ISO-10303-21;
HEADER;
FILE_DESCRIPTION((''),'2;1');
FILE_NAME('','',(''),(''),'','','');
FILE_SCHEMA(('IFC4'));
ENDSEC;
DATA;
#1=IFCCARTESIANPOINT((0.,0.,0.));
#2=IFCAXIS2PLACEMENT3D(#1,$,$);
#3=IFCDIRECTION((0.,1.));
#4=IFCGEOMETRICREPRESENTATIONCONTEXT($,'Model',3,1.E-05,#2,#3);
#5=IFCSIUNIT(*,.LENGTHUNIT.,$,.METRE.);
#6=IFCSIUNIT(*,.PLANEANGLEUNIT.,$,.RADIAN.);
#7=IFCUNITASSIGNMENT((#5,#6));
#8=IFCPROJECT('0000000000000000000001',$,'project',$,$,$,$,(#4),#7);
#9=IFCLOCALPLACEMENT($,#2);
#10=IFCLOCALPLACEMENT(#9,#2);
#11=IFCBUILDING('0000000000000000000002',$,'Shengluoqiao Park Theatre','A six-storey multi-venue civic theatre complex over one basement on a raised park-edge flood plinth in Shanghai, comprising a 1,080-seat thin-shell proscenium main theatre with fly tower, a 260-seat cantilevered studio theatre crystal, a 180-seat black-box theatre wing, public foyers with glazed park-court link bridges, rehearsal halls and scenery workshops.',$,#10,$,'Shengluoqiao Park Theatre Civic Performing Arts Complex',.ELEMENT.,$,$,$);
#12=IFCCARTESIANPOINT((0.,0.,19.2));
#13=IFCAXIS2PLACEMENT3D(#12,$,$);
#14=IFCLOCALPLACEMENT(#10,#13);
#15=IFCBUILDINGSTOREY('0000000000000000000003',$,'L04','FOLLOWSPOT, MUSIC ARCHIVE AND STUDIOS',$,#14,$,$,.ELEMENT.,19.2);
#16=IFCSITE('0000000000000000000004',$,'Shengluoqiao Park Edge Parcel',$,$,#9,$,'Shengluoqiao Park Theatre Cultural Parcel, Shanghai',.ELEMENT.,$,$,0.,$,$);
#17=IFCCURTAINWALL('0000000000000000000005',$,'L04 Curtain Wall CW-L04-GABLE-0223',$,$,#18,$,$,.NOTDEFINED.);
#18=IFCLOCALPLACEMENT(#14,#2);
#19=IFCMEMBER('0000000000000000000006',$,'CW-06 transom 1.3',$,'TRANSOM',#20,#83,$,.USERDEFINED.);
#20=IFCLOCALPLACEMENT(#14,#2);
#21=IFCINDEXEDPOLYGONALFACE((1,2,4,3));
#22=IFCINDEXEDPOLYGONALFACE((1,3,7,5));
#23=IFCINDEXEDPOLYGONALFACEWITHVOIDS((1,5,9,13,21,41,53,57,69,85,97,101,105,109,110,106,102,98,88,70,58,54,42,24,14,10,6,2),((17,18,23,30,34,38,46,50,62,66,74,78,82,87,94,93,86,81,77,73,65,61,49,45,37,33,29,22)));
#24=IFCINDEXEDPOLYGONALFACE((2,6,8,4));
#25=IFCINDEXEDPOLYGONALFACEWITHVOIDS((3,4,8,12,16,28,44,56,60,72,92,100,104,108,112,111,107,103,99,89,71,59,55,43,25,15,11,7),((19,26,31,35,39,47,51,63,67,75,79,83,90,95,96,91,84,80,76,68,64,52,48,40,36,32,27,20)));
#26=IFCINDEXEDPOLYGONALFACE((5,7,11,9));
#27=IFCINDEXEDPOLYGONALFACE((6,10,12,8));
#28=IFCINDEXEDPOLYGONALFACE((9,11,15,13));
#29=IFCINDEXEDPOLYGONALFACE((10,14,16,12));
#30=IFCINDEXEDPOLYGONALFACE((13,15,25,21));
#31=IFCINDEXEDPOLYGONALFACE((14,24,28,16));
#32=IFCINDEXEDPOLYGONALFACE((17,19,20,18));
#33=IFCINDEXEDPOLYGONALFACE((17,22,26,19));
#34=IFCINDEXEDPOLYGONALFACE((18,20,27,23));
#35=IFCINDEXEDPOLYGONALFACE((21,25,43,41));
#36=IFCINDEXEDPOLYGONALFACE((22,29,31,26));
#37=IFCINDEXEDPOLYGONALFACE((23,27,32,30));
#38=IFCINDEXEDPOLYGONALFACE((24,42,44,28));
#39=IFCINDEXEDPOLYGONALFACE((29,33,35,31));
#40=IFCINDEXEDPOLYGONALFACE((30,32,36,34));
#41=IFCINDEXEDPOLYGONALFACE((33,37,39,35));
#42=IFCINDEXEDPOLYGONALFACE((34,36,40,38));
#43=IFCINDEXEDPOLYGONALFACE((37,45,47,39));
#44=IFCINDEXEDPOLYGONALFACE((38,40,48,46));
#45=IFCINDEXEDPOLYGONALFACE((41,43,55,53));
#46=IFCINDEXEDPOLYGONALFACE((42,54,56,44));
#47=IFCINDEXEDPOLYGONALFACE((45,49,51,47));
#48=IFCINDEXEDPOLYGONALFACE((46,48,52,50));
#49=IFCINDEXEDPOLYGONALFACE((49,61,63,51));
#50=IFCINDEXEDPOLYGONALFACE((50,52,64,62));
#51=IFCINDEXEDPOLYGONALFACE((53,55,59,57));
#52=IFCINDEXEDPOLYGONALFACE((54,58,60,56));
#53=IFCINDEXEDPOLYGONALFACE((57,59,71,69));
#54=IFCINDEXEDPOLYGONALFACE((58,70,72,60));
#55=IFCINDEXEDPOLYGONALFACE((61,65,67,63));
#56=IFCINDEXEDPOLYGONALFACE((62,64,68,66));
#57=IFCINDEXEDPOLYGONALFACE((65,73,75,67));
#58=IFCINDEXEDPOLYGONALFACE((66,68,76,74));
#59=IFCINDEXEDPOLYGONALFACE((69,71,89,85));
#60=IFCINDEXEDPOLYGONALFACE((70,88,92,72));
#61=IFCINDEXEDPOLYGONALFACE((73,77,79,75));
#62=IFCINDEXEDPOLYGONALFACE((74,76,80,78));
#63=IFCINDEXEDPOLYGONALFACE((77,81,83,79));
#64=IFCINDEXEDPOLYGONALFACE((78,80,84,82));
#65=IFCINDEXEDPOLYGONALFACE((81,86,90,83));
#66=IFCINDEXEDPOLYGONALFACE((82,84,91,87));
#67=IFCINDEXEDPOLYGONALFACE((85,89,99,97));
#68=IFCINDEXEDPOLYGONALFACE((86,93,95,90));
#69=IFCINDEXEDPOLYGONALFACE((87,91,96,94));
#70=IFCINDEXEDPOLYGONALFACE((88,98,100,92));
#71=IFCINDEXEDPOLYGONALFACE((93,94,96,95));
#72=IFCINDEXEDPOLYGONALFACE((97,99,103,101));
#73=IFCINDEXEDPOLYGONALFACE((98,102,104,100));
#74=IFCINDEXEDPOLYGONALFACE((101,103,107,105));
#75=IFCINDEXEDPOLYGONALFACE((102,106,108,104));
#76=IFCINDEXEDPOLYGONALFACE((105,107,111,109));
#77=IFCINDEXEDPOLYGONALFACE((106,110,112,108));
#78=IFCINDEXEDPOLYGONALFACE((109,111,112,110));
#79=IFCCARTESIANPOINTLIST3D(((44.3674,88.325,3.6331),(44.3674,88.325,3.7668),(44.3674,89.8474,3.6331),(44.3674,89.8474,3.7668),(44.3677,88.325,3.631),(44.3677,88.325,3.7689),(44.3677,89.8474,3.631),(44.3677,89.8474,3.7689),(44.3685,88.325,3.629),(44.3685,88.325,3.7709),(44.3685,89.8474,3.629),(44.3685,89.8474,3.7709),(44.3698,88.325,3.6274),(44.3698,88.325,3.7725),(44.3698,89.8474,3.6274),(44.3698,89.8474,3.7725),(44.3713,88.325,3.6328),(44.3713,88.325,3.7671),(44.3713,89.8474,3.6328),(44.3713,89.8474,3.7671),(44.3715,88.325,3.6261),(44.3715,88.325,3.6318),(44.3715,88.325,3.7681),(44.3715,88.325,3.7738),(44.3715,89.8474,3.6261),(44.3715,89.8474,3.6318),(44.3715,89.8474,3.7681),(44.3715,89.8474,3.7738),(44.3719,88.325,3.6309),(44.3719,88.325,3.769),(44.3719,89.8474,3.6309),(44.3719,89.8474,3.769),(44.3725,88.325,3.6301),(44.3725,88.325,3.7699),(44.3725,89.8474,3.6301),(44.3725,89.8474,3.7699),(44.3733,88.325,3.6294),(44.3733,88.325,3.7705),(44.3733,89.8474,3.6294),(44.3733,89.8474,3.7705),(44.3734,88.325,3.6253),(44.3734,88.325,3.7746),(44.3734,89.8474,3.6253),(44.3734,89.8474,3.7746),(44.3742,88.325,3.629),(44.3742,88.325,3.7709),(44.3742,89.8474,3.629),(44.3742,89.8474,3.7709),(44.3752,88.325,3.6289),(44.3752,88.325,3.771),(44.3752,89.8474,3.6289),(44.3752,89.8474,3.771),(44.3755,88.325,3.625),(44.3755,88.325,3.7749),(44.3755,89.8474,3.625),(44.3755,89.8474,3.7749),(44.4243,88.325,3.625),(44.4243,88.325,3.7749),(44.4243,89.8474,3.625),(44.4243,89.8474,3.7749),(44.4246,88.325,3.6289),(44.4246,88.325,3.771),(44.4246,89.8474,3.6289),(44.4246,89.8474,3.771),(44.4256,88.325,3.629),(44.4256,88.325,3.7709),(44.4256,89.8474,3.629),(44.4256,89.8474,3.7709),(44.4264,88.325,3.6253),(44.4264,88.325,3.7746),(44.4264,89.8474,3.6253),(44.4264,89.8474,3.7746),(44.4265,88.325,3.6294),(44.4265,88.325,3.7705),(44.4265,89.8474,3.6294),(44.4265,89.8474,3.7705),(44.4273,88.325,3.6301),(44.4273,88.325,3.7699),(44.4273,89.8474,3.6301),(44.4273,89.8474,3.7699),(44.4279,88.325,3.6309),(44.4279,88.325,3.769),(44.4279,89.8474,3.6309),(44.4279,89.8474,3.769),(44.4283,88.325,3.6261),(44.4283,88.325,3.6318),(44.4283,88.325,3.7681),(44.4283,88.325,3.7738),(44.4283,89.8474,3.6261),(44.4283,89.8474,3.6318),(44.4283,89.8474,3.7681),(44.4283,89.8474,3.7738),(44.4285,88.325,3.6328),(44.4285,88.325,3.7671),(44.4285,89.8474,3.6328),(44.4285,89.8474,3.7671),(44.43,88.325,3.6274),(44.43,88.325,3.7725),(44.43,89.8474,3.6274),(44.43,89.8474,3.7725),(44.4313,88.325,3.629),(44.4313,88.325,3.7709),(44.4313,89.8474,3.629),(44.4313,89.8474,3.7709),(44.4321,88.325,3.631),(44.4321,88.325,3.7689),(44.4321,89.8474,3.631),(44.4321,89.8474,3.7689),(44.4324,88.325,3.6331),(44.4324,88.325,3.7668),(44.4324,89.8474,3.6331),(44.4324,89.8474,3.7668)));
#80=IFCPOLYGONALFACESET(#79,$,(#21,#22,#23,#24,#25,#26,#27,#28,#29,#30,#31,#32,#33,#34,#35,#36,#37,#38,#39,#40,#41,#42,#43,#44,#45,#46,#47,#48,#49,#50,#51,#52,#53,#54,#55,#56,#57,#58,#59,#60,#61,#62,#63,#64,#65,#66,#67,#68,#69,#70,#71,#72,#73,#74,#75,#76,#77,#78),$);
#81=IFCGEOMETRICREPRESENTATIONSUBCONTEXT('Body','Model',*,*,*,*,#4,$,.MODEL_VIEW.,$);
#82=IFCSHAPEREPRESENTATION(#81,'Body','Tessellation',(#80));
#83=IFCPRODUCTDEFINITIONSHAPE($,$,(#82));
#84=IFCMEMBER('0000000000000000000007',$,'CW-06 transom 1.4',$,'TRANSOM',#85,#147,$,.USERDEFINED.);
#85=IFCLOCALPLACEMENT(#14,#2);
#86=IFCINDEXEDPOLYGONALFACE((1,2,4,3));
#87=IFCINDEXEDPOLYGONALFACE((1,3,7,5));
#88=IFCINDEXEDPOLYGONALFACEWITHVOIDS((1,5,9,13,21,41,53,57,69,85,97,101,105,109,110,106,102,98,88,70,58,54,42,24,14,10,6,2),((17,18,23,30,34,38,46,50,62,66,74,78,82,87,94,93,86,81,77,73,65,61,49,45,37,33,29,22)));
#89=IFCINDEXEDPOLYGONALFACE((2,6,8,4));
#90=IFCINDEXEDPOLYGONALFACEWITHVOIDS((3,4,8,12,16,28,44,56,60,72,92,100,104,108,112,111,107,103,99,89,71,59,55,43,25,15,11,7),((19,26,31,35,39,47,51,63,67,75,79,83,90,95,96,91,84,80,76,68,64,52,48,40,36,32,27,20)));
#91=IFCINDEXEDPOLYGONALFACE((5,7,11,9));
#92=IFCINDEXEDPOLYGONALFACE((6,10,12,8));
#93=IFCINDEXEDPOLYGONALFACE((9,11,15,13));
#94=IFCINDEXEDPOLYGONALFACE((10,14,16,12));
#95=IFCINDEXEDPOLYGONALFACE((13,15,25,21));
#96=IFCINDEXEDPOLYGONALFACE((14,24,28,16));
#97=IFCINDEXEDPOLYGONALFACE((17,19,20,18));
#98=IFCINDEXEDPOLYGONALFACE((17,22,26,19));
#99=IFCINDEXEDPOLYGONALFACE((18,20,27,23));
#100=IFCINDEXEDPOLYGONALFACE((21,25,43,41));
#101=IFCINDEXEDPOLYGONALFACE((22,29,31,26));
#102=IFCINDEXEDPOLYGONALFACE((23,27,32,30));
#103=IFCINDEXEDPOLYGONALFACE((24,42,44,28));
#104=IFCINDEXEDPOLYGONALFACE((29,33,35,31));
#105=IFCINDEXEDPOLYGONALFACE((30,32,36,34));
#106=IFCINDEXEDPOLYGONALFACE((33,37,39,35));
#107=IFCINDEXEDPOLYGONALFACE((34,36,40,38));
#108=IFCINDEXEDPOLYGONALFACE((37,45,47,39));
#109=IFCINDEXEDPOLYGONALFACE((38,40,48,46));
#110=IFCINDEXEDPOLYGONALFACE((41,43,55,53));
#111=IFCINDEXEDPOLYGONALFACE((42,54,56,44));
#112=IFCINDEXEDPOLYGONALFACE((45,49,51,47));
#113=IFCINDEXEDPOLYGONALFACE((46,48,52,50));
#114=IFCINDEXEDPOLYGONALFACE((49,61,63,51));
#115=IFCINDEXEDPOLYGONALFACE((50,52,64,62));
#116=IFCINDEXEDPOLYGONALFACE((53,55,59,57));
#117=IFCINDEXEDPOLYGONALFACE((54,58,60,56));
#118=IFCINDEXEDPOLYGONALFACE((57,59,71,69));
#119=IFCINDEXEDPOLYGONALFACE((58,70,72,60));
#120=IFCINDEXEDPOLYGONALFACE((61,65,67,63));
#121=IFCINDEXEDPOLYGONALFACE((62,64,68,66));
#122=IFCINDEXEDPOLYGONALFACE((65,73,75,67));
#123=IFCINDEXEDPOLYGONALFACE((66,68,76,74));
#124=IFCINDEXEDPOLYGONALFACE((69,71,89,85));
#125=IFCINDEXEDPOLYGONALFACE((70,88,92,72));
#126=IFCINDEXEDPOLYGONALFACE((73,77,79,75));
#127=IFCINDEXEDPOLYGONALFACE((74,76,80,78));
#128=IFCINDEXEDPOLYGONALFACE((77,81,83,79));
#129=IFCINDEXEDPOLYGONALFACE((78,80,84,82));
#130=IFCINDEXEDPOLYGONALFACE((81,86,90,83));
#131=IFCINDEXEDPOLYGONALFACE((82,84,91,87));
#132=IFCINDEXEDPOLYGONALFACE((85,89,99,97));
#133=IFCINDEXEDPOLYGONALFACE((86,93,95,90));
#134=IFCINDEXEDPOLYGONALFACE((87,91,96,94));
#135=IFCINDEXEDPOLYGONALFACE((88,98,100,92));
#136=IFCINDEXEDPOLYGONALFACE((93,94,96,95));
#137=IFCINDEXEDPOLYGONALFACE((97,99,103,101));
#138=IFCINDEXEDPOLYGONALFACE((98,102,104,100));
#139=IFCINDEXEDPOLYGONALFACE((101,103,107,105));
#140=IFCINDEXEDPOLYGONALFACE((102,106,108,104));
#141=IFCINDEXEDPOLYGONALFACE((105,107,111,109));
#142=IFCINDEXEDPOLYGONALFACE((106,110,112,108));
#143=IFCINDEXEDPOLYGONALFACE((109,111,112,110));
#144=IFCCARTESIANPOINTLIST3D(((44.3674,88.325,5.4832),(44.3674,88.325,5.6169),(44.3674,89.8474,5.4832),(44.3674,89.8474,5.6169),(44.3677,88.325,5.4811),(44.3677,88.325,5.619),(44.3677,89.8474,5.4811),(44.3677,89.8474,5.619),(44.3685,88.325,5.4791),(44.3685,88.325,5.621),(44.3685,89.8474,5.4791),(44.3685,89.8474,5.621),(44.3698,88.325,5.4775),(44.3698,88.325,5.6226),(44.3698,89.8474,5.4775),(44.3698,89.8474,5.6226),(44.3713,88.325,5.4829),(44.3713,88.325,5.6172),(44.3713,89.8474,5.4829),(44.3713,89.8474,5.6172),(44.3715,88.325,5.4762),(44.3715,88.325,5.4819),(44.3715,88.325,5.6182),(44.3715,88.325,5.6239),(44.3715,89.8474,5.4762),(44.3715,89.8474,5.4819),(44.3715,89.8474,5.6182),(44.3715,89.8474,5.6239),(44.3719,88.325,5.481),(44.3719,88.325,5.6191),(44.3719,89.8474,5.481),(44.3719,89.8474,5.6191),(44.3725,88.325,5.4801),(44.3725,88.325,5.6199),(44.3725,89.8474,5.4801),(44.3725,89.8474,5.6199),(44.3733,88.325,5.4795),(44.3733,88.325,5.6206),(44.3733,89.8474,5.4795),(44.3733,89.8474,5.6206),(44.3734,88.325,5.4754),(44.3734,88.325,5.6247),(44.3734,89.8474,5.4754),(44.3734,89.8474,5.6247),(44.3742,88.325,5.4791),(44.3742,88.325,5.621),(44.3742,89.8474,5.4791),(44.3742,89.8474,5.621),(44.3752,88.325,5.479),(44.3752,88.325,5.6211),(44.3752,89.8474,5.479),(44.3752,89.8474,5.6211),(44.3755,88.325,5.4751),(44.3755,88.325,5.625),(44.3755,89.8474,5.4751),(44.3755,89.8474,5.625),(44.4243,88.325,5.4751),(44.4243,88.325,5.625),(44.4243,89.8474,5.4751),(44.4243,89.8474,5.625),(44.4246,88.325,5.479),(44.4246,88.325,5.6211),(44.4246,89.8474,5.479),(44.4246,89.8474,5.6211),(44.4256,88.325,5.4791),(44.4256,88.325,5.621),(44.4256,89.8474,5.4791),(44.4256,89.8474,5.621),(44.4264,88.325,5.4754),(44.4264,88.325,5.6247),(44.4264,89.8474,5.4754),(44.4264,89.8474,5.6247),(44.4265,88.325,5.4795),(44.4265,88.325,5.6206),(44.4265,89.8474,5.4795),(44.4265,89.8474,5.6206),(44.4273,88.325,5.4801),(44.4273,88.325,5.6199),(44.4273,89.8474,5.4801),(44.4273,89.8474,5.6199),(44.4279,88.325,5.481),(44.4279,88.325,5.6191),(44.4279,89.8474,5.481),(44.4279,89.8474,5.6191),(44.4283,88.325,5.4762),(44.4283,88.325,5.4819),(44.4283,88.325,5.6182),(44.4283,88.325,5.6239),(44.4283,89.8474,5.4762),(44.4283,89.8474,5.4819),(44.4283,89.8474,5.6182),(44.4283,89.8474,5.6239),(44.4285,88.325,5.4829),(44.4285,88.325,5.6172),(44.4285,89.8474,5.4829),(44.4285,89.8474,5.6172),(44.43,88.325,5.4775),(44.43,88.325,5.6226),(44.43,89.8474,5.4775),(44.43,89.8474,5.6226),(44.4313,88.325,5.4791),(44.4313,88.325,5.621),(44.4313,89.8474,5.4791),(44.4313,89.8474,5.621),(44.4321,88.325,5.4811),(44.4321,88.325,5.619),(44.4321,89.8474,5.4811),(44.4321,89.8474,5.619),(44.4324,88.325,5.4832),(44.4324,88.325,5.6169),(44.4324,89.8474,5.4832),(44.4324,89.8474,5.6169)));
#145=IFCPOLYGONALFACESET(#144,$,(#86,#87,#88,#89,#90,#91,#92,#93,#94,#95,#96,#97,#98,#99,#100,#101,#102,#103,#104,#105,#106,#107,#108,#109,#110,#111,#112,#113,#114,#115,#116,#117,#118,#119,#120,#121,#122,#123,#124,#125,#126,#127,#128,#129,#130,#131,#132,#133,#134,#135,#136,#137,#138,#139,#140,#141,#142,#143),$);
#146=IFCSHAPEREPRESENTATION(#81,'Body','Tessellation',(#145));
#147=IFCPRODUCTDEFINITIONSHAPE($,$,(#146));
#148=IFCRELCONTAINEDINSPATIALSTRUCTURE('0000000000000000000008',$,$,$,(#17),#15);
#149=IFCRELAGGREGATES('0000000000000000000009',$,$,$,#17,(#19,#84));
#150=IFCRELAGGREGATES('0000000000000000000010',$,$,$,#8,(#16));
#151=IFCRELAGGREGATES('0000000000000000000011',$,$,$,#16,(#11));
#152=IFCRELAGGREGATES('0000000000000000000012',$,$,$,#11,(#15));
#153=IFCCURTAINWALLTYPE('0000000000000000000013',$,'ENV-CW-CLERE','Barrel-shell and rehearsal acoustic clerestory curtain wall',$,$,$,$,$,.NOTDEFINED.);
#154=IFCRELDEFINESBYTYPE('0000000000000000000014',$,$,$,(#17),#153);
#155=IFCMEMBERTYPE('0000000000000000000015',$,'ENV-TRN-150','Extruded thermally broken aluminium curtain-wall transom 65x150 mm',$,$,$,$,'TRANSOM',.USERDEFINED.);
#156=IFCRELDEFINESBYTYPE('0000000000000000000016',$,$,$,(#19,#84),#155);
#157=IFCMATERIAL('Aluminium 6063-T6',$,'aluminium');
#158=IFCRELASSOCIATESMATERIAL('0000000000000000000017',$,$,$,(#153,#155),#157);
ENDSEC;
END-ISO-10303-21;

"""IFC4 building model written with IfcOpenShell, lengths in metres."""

from ifc_helpers import new_model, si_unit, direction, frame, origin, origin_2d, place, context, subcontext, project, spatial, hollow_rectangle, extrude, material, material_profile, profile_set, type_object, element, aggregate, save


model = new_model("IFC4")

# Units and contexts
model_context = context("Model", 3, precision=1e-05, world=origin(), true_north=direction((0.0, 1.0)))
body_context = subcontext(model_context, "Body", "Model", "MODEL_VIEW")
ifc_project = project(units=[si_unit("LENGTHUNIT", "METRE"), si_unit("PLANEANGLEUNIT", "RADIAN")], contexts=[model_context])

# Site, building, storey
site_placement = place(None, origin())
site = spatial("IfcSite", under=ifc_project, at=site_placement, Name="Shengluoqiao Park Edge Parcel", LongName="Shengluoqiao Park Theatre Cultural Parcel, Shanghai", CompositionType="ELEMENT", RefElevation=0.0)
building_placement = place(site_placement, origin())
building = spatial("IfcBuilding", under=site, at=building_placement, Name="Shengluoqiao Park Theatre", Description="A six-storey multi-venue civic theatre complex over one basement on a raised park-edge flood plinth in Shanghai, comprising a 1,080-seat thin-shell proscenium main theatre with fly tower, a 260-seat cantilevered studio theatre crystal, a 180-seat black-box theatre wing, public foyers with glazed park-court link bridges, rehearsal halls and scenery workshops.", LongName="Shengluoqiao Park Theatre Civic Performing Arts Complex", CompositionType="ELEMENT")
storey_placement = place(building_placement, frame((0.0, 0.0, 19.2)))
storey = spatial("IfcBuildingStorey", under=building, at=storey_placement, Name="L04", Description="FOLLOWSPOT, MUSIC ARCHIVE AND STUDIOS", CompositionType="ELEMENT", Elevation=19.2)

# Curtain wall, members
ifc_material_1 = material(Name="Aluminium 6063-T6", Category="aluminium")
curtain_wall_type = type_object("IfcCurtainWallType", Name="ENV-CW-CLERE", Description="Barrel-shell and rehearsal acoustic clerestory curtain wall", PredefinedType="NOTDEFINED", material=ifc_material_1)
curtain_wall_placement = place(storey_placement, origin())
curtain_wall = element("IfcCurtainWall", 1, at=curtain_wall_placement, inside=storey, type_object=curtain_wall_type, Name="L04 Curtain Wall CW-L04-GABLE-0223", PredefinedType="NOTDEFINED")
ifc_material_profile_1 = material_profile(ifc_material_1, hollow_rectangle(XDim=0.0649, YDim=0.1499, WallThickness=0.0039, InnerFilletRadius=0.0039, OuterFilletRadius=0.0081, at=origin_2d()), Name="ALU TRANSOM 150x65x4")
ifc_profile_set_1 = profile_set([ifc_material_profile_1], Name="Aluminium 6063-T6")
member_type_1 = type_object("IfcMemberType", Name="ENV-TRN-150", Description="Extruded thermally broken aluminium curtain-wall transom 65x150 mm", ElementType="TRANSOM", PredefinedType="USERDEFINED", material=ifc_profile_set_1)
member_1_placement = place(storey_placement, frame((44.3999, 88.325, 3.7), z_axis=(0.0, 1.0, 0.0), x_axis=(-1.0, 0.0, 0.0)))
member_1 = element("IfcMember", 2, at=member_1_placement, type_object=member_type_1, Name="CW-06 transom 1.3", ObjectType="TRANSOM", PredefinedType="USERDEFINED", context=body_context, shape_type="SweptSolid", body=[
    extrude(hollow_rectangle(XDim=0.0649, YDim=0.1499, WallThickness=0.0039, InnerFilletRadius=0.0039, OuterFilletRadius=0.0081, at=origin_2d()), origin(), (0.0, 0.0, 1.0), 1.5225),
])
member_2_placement = place(storey_placement, frame((44.3999, 88.325, 5.55), z_axis=(0.0, 1.0, 0.0), x_axis=(-1.0, 0.0, 0.0)))
member_2 = element("IfcMember", 3, at=member_2_placement, type_object=member_type_1, Name="CW-06 transom 1.4", ObjectType="TRANSOM", PredefinedType="USERDEFINED", context=body_context, shape_type="SweptSolid", body=[
    extrude(hollow_rectangle(XDim=0.0649, YDim=0.1499, WallThickness=0.0039, InnerFilletRadius=0.0039, OuterFilletRadius=0.0081, at=origin_2d()), origin(), (0.0, 0.0, 1.0), 1.5225),
])
aggregate(curtain_wall, [member_1, member_2])

save(model, "model.ifc")
